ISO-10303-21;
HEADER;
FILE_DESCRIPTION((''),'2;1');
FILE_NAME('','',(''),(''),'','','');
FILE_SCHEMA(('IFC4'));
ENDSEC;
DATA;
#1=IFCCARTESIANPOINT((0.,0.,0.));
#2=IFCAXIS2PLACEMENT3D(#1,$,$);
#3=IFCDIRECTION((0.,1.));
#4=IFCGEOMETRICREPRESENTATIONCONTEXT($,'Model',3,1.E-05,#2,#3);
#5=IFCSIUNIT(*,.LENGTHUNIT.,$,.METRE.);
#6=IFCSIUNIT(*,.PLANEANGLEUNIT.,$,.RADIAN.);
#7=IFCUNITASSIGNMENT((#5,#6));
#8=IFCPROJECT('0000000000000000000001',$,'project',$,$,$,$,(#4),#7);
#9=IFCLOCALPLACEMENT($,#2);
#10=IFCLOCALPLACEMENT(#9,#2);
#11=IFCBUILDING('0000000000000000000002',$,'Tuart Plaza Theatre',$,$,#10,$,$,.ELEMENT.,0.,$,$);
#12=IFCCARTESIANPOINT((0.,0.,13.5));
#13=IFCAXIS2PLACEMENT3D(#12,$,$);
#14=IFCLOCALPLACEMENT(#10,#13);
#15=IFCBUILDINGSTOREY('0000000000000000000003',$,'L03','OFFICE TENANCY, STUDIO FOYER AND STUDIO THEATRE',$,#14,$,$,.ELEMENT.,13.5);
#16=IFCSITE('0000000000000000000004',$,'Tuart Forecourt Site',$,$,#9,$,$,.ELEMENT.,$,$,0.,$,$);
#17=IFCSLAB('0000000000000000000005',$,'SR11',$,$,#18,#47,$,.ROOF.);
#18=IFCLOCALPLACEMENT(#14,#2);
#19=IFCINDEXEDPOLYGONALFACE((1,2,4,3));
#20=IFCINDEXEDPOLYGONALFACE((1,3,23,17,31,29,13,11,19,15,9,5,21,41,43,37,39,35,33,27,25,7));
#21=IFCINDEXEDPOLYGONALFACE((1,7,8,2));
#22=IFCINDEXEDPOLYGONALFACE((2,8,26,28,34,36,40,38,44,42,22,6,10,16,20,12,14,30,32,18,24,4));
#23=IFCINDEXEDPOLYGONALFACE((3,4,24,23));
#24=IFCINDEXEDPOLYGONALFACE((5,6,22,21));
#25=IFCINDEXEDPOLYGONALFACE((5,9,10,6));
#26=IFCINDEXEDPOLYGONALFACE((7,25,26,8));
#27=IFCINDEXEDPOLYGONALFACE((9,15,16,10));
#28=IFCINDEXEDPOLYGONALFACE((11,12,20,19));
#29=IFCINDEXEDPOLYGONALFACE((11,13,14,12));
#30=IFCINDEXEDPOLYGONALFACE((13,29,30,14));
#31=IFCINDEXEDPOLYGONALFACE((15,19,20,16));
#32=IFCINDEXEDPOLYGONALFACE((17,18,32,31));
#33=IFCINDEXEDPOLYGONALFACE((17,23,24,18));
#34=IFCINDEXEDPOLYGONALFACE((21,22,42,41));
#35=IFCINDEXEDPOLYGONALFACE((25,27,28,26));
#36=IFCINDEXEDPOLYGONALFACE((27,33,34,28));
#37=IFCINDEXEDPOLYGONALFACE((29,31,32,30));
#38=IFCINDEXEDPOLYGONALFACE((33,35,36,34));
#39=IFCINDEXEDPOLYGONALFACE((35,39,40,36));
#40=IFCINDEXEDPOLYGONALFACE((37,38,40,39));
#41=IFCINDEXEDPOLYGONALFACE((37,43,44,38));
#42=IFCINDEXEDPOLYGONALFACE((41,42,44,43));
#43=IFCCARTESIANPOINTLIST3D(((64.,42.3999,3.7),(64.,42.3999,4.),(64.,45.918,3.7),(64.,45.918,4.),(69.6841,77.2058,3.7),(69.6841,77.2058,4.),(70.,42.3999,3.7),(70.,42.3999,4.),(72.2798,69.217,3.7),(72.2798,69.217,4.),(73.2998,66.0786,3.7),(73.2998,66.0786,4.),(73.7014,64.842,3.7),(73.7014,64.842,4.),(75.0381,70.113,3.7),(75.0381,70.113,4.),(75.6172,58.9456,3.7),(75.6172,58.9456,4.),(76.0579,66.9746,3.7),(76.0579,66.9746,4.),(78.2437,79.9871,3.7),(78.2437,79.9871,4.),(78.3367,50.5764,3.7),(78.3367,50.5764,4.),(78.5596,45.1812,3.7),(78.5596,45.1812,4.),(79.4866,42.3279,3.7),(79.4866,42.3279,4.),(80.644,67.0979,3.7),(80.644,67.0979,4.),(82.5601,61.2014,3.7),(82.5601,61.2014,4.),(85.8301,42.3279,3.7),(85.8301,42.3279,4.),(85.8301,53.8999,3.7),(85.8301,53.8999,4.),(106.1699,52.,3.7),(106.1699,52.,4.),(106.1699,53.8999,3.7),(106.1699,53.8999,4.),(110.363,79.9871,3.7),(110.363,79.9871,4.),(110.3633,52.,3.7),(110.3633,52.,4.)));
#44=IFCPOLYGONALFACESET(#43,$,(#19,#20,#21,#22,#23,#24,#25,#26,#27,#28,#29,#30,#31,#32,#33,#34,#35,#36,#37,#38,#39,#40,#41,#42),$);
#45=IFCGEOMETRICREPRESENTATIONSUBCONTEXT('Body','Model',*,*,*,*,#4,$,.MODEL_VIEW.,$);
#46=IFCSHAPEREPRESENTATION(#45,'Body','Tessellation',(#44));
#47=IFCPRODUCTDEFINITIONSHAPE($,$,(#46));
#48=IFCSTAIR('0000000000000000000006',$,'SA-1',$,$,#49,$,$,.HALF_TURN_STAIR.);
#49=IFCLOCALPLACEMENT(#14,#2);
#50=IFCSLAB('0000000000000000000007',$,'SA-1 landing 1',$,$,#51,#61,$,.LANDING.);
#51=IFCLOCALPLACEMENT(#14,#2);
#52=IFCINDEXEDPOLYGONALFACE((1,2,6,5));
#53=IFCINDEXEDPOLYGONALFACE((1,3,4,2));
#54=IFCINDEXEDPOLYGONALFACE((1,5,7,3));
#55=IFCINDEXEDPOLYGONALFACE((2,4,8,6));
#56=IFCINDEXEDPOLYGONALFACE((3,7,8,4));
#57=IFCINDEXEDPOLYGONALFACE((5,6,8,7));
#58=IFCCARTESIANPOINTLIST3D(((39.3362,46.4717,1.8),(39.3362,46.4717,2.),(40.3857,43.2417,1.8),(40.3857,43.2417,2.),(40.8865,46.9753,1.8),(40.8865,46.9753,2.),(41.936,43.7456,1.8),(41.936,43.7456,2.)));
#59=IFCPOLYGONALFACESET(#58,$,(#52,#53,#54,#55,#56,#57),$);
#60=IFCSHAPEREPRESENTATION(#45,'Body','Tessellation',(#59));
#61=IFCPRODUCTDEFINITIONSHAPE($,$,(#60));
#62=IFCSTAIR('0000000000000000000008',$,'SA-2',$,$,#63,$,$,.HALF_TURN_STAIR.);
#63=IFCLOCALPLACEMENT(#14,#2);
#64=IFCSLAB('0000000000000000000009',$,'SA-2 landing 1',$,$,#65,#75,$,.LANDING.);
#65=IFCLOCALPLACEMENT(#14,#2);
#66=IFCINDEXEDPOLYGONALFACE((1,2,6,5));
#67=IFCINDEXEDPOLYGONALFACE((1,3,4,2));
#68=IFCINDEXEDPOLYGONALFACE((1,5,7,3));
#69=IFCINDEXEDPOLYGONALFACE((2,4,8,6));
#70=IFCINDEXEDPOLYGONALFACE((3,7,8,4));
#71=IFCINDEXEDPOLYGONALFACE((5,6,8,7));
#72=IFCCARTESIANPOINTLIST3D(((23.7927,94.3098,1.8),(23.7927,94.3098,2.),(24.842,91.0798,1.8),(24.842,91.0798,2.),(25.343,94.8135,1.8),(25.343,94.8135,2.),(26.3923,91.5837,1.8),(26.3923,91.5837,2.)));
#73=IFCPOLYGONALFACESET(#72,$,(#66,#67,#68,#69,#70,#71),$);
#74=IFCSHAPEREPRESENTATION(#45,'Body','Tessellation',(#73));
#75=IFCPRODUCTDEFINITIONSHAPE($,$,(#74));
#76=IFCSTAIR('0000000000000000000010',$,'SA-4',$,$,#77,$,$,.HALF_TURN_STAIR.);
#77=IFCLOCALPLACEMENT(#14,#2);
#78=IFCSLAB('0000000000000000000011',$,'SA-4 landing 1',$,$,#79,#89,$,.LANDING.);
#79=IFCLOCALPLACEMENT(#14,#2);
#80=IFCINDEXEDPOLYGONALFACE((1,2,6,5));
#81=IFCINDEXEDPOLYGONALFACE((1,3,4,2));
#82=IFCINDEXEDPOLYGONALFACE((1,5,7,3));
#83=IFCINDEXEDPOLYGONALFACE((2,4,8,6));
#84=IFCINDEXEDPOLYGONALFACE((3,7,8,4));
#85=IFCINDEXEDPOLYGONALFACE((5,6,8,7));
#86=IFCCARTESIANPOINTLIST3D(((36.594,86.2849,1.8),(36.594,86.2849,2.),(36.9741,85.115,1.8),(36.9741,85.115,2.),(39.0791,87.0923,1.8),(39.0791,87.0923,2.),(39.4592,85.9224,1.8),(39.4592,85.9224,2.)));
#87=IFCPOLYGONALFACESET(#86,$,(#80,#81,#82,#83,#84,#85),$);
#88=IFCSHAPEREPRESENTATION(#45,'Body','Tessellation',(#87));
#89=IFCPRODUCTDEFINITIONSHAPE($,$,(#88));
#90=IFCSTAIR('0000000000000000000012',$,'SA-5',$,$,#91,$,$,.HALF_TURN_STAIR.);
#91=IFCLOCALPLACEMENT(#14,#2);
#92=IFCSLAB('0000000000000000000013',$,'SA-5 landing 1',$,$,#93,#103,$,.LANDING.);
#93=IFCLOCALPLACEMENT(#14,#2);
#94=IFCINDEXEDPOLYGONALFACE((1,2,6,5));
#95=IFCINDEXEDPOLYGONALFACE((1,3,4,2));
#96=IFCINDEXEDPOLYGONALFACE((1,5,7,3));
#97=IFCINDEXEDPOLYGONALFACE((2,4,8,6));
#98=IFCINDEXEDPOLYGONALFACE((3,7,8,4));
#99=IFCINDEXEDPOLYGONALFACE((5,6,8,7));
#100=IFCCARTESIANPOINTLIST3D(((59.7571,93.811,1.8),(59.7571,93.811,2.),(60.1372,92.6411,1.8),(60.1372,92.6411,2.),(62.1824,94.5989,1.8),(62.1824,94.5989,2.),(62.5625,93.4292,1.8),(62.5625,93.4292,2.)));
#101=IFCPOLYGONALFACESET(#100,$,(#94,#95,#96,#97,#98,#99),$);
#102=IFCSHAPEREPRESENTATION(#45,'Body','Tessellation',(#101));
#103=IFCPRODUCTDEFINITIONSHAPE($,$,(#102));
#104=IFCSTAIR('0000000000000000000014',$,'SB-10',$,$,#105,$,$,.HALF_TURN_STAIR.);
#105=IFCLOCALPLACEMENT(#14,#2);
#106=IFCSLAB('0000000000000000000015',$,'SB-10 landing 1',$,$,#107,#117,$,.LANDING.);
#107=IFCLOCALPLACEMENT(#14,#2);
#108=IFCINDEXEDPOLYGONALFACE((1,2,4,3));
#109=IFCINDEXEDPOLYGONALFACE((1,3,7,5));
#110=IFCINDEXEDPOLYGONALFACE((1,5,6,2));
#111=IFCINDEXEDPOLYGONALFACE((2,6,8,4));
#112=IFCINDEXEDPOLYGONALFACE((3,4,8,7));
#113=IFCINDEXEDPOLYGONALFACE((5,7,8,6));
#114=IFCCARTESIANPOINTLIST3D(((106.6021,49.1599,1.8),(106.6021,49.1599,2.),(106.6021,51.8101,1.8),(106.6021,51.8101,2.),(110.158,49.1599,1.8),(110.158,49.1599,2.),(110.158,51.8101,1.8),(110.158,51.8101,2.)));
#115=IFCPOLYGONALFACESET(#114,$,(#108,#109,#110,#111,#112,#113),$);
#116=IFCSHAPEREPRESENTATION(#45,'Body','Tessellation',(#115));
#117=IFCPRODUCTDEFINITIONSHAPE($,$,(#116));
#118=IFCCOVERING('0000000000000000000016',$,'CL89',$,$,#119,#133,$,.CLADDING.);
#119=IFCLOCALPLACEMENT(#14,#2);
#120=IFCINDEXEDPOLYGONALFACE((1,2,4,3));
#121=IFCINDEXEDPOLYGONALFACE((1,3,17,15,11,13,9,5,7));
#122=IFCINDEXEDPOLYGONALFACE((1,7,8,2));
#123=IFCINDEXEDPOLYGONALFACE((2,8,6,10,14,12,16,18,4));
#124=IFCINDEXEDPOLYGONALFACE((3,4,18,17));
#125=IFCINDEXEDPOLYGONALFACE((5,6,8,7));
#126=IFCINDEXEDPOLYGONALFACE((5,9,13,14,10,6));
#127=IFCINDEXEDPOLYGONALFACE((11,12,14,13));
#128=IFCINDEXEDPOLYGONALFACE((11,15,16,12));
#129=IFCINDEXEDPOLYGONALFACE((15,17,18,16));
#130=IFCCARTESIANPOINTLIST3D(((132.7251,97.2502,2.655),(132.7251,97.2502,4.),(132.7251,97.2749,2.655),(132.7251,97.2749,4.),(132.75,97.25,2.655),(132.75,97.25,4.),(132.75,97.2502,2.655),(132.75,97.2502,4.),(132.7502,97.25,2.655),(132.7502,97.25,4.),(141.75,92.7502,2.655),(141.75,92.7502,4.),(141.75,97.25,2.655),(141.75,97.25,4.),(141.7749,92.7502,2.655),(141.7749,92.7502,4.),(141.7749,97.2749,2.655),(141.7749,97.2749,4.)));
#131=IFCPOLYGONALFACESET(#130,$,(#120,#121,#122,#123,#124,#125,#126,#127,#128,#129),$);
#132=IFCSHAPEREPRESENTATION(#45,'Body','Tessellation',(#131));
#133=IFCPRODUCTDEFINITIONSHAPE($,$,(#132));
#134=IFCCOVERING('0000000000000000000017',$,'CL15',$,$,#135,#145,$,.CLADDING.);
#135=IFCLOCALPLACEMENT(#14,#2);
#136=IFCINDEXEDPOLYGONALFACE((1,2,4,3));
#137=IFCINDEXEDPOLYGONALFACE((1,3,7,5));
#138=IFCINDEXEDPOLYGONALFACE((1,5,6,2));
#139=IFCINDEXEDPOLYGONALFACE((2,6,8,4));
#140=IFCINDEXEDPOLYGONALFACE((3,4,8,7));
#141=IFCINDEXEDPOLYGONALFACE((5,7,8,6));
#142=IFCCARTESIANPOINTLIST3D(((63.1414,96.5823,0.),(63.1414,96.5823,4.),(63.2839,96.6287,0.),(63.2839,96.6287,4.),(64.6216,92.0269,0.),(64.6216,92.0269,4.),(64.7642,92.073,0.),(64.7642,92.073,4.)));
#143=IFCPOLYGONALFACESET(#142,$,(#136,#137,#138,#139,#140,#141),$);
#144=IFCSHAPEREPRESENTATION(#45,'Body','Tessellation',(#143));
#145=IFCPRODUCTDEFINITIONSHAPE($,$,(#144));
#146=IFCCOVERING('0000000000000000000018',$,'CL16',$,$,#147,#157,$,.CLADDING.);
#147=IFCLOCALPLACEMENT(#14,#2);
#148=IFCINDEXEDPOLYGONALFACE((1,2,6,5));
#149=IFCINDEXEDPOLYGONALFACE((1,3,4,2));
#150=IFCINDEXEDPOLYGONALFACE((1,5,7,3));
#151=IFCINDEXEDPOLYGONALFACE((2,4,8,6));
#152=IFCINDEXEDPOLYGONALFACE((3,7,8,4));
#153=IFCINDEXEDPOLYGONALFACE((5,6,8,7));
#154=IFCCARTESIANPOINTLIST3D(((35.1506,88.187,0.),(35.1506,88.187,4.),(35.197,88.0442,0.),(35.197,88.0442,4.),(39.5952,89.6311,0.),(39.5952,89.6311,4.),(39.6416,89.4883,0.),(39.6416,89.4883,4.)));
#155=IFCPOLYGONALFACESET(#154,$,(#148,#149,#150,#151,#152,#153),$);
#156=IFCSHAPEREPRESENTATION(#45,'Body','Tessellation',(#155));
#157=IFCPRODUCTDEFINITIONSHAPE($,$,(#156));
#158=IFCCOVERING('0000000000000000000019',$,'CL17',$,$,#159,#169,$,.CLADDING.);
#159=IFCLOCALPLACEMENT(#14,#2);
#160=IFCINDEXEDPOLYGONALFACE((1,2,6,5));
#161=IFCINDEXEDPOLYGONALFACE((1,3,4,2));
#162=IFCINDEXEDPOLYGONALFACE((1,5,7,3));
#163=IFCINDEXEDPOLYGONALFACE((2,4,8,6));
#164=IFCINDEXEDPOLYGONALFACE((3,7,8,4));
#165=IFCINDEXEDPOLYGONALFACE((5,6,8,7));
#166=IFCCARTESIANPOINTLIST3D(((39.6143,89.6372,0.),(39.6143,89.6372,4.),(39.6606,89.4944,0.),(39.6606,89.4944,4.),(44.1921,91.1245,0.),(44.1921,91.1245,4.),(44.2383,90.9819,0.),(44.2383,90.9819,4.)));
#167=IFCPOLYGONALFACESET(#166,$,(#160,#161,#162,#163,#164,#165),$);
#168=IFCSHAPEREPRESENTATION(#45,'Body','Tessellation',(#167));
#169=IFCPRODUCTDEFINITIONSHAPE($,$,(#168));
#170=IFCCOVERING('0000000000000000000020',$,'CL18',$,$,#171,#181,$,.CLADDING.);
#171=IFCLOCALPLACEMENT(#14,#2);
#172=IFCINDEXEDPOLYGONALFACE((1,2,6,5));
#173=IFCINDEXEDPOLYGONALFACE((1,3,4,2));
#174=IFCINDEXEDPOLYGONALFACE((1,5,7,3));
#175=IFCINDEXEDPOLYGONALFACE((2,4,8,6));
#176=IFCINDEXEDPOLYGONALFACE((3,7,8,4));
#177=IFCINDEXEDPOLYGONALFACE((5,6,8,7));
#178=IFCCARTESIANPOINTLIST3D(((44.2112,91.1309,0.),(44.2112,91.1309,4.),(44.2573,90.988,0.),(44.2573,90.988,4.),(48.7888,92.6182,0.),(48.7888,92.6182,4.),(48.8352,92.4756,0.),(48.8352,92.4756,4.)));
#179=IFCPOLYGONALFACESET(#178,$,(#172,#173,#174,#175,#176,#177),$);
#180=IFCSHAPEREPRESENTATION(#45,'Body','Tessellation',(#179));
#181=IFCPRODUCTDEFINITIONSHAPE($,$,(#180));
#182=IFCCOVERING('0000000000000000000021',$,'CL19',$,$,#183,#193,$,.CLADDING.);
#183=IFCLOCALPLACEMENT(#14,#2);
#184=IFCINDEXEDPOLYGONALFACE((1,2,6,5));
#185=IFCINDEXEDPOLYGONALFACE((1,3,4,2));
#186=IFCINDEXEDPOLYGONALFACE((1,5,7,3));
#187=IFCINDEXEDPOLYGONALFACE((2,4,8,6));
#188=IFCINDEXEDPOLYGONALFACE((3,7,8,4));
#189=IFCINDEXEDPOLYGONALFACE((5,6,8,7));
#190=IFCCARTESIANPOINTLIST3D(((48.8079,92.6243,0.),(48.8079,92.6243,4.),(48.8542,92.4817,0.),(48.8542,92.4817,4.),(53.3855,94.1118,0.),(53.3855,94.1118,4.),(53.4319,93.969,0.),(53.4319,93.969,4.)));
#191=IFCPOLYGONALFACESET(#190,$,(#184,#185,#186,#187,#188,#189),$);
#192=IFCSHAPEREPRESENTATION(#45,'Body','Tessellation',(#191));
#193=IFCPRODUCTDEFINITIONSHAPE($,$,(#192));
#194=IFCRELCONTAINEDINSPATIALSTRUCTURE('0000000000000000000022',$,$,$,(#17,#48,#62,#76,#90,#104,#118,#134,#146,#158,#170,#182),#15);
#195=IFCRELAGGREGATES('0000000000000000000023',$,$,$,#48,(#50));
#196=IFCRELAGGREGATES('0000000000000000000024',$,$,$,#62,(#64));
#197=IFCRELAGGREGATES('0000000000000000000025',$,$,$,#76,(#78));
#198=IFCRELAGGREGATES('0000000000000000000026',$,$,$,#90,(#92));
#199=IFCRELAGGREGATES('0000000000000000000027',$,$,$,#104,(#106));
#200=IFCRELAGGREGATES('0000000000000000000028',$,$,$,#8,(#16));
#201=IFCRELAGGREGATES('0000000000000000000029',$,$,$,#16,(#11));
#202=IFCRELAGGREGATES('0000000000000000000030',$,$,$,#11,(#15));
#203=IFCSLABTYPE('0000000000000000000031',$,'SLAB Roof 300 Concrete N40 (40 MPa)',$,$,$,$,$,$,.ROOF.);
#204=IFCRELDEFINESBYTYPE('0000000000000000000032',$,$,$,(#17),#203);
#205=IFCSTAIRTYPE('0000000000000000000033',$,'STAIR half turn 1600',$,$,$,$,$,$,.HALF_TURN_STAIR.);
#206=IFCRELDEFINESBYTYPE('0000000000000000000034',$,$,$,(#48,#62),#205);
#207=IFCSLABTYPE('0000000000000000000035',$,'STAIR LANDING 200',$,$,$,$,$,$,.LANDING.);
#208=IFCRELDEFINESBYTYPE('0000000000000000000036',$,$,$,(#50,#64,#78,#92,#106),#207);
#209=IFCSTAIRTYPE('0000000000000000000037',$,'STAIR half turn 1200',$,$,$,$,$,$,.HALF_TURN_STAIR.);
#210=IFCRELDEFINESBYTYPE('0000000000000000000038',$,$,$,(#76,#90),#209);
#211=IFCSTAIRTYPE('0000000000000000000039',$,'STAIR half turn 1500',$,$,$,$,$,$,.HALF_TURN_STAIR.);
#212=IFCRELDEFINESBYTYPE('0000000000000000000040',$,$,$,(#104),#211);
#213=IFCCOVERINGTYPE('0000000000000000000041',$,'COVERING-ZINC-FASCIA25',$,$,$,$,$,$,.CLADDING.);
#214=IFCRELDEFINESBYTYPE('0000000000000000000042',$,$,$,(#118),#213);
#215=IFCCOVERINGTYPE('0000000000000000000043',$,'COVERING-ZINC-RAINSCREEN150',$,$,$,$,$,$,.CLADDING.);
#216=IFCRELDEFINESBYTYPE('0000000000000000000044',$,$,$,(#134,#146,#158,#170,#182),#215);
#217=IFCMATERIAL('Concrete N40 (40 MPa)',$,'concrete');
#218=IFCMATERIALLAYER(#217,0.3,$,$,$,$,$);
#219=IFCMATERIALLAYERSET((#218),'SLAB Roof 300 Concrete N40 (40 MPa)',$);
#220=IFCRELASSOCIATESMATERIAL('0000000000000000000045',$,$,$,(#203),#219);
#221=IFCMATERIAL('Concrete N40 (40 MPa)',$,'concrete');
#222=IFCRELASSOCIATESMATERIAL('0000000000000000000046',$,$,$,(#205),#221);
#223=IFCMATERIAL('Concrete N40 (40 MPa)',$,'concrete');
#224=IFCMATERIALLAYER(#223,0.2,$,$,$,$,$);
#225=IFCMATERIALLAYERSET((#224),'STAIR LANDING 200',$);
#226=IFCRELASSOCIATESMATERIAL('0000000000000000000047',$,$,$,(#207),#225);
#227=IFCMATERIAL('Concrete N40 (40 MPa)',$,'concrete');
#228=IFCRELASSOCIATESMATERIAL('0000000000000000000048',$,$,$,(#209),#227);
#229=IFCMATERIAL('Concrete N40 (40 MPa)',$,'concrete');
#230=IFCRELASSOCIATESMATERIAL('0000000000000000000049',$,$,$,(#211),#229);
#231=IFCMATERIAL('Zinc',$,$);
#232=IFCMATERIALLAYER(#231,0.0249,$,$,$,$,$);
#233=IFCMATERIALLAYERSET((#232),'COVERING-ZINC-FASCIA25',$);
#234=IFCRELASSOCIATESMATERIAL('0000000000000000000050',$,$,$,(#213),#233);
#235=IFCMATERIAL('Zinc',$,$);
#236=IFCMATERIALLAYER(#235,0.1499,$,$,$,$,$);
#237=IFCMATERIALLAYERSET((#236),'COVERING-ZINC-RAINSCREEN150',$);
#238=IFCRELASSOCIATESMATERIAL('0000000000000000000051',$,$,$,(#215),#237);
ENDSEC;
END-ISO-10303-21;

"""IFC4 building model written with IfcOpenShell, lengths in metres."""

from ifc_helpers import new_model, si_unit, direction, frame, origin, place, context, subcontext, project, spatial, polyline, outline, extrude, material, layer, layer_set, type_object, element, aggregate, save


model = new_model("IFC4")

# Units and contexts
model_context = context("Model", 3, precision=1e-05, world=origin(), true_north=direction((0.0, 1.0)))
body_context = subcontext(model_context, "Body", "Model", "MODEL_VIEW")
ifc_project = project(units=[si_unit("LENGTHUNIT", "METRE"), si_unit("PLANEANGLEUNIT", "RADIAN")], contexts=[model_context])

# Site, building, storey
site_placement = place(None, origin())
site = spatial("IfcSite", under=ifc_project, at=site_placement, Name="Tuart Forecourt Site", CompositionType="ELEMENT", RefElevation=0.0)
building_placement = place(site_placement, origin())
building = spatial("IfcBuilding", under=site, at=building_placement, Name="Tuart Plaza Theatre", CompositionType="ELEMENT", ElevationOfRefHeight=0.0)
storey_placement = place(building_placement, frame((0.0, 0.0, 13.5)))
storey = spatial("IfcBuildingStorey", under=building, at=storey_placement, Name="L03", Description="OFFICE TENANCY, STUDIO FOYER AND STUDIO THEATRE", CompositionType="ELEMENT", Elevation=13.5)

# Slab
ifc_material_1 = material(Name="Concrete N40 (40 MPa)", Category="concrete")
ifc_layer_1 = layer(ifc_material_1, 0.3)
ifc_layer_set_1 = layer_set([ifc_layer_1], Name="SLAB Roof 300 Concrete N40 (40 MPa)")
slab_type_1 = type_object("IfcSlabType", Name="SLAB Roof 300 Concrete N40 (40 MPa)", PredefinedType="ROOF", material=ifc_layer_set_1)
slab_1_placement = place(storey_placement, frame((0.0, 0.0, 3.7)))
element("IfcSlab", 1, at=slab_1_placement, inside=storey, type_object=slab_type_1, Name="SR11", PredefinedType="ROOF", context=body_context, shape_type="SweptSolid", body=[
    extrude(outline(polyline([(106.1699, 52.0), (110.3633, 52.0), (110.363, 79.9871), (78.2437, 79.9871), (69.6841, 77.2058), (72.2798, 69.217), (75.0381, 70.113), (76.0579, 66.9746), (73.2998, 66.0786), (73.7014, 64.842), (80.644, 67.0979), (82.5601, 61.2014), (75.6172, 58.9456), (78.3367, 50.5764), (64.0, 45.918), (64.0, 42.3999), (70.0, 42.3999), (78.5596, 45.1812), (79.4866, 42.3279), (85.8301, 42.3279), (85.8301, 53.8999), (106.1699, 53.8999), (106.1699, 52.0)])), origin(), (0.0, 0.0, 1.0), 0.3),
])

# Stairs, slabs
ifc_material_2 = material(Name="Concrete N40 (40 MPa)", Category="concrete")
stair_type_1 = type_object("IfcStairType", Name="STAIR half turn 1600", PredefinedType="HALF_TURN_STAIR", material=ifc_material_2)
stair_1_placement = place(storey_placement, origin())
stair_1 = element("IfcStair", 2, at=stair_1_placement, inside=storey, type_object=stair_type_1, Name="SA-1", PredefinedType="HALF_TURN_STAIR")
ifc_material_3 = material(Name="Concrete N40 (40 MPa)", Category="concrete")
ifc_layer_2 = layer(ifc_material_3, 0.2)
ifc_layer_set_2 = layer_set([ifc_layer_2], Name="STAIR LANDING 200")
slab_type_2 = type_object("IfcSlabType", Name="STAIR LANDING 200", PredefinedType="LANDING", material=ifc_layer_set_2)
slab_2_placement = place(storey_placement, frame((0.0, 0.0, 1.8)))
slab_2 = element("IfcSlab", 3, at=slab_2_placement, type_object=slab_type_2, Name="SA-1 landing 1", PredefinedType="LANDING", context=body_context, shape_type="SweptSolid", body=[
    extrude(outline(polyline([(40.3857, 43.2417), (41.936, 43.7456), (40.8865, 46.9753), (39.3362, 46.4717), (40.3857, 43.2417)])), origin(), (0.0, 0.0, 1.0), 0.2),
])
aggregate(stair_1, [slab_2])
stair_2_placement = place(storey_placement, origin())
stair_2 = element("IfcStair", 4, at=stair_2_placement, inside=storey, type_object=stair_type_1, Name="SA-2", PredefinedType="HALF_TURN_STAIR")
slab_3_placement = place(storey_placement, frame((0.0, 0.0, 1.8)))
slab_3 = element("IfcSlab", 5, at=slab_3_placement, type_object=slab_type_2, Name="SA-2 landing 1", PredefinedType="LANDING", context=body_context, shape_type="SweptSolid", body=[
    extrude(outline(polyline([(23.7927, 94.3098), (25.343, 94.8135), (26.3923, 91.5837), (24.842, 91.0798), (23.7927, 94.3098)])), origin(), (0.0, 0.0, 1.0), 0.2),
])
aggregate(stair_2, [slab_3])
ifc_material_4 = material(Name="Concrete N40 (40 MPa)", Category="concrete")
stair_type_2 = type_object("IfcStairType", Name="STAIR half turn 1200", PredefinedType="HALF_TURN_STAIR", material=ifc_material_4)
stair_3_placement = place(storey_placement, origin())
stair_3 = element("IfcStair", 6, at=stair_3_placement, inside=storey, type_object=stair_type_2, Name="SA-4", PredefinedType="HALF_TURN_STAIR")
slab_4_placement = place(storey_placement, frame((0.0, 0.0, 1.8)))
slab_4 = element("IfcSlab", 7, at=slab_4_placement, type_object=slab_type_2, Name="SA-4 landing 1", PredefinedType="LANDING", context=body_context, shape_type="SweptSolid", body=[
    extrude(outline(polyline([(39.4592, 85.9224), (39.0791, 87.0923), (36.594, 86.2849), (36.9741, 85.115), (39.4592, 85.9224)])), origin(), (0.0, 0.0, 1.0), 0.2),
])
aggregate(stair_3, [slab_4])
stair_4_placement = place(storey_placement, origin())
stair_4 = element("IfcStair", 8, at=stair_4_placement, inside=storey, type_object=stair_type_2, Name="SA-5", PredefinedType="HALF_TURN_STAIR")
slab_5_placement = place(storey_placement, frame((0.0, 0.0, 1.8)))
slab_5 = element("IfcSlab", 9, at=slab_5_placement, type_object=slab_type_2, Name="SA-5 landing 1", PredefinedType="LANDING", context=body_context, shape_type="SweptSolid", body=[
    extrude(outline(polyline([(60.1372, 92.6411), (59.7571, 93.811), (62.1824, 94.5989), (62.5625, 93.4292), (60.1372, 92.6411)])), origin(), (0.0, 0.0, 1.0), 0.2),
])
aggregate(stair_4, [slab_5])
ifc_material_5 = material(Name="Concrete N40 (40 MPa)", Category="concrete")
stair_type_3 = type_object("IfcStairType", Name="STAIR half turn 1500", PredefinedType="HALF_TURN_STAIR", material=ifc_material_5)
stair_5_placement = place(storey_placement, origin())
stair_5 = element("IfcStair", 10, at=stair_5_placement, inside=storey, type_object=stair_type_3, Name="SB-10", PredefinedType="HALF_TURN_STAIR")
slab_6_placement = place(storey_placement, frame((0.0, 0.0, 1.8)))
slab_6 = element("IfcSlab", 11, at=slab_6_placement, type_object=slab_type_2, Name="SB-10 landing 1", PredefinedType="LANDING", context=body_context, shape_type="SweptSolid", body=[
    extrude(outline(polyline([(110.158, 49.1599), (110.158, 51.8101), (106.6021, 51.8101), (106.6021, 49.1599), (110.158, 49.1599)])), origin(), (0.0, 0.0, 1.0), 0.2),
])
aggregate(stair_5, [slab_6])

# Coverings
ifc_material_6 = material(Name="Zinc")
ifc_layer_3 = layer(ifc_material_6, 0.0249)
ifc_layer_set_3 = layer_set([ifc_layer_3], Name="COVERING-ZINC-FASCIA25")
covering_type_1 = type_object("IfcCoveringType", Name="COVERING-ZINC-FASCIA25", PredefinedType="CLADDING", material=ifc_layer_set_3)
covering_1_placement = place(storey_placement, frame((0.0, 0.0, 2.655)))
element("IfcCovering", 12, at=covering_1_placement, inside=storey, type_object=covering_type_1, Name="CL89", PredefinedType="CLADDING", context=body_context, shape_type="SweptSolid", body=[
    extrude(outline(polyline([(132.7251, 97.2749), (141.7749, 97.2749), (141.7749, 92.7502), (141.75, 92.7502), (141.75, 97.25), (132.7502, 97.25), (132.7502, 97.25), (132.7502, 97.25), (132.7502, 97.25), (132.75, 97.25), (132.75, 97.2502), (132.75, 97.2502), (132.75, 97.2502), (132.75, 97.2502), (132.7251, 97.2502), (132.7251, 97.2749)])), origin(), (0.0, 0.0, 1.0), 1.345),
])
ifc_material_7 = material(Name="Zinc")
ifc_layer_4 = layer(ifc_material_7, 0.1499)
ifc_layer_set_4 = layer_set([ifc_layer_4], Name="COVERING-ZINC-RAINSCREEN150")
covering_type_2 = type_object("IfcCoveringType", Name="COVERING-ZINC-RAINSCREEN150", PredefinedType="CLADDING", material=ifc_layer_set_4)
covering_2_placement = place(storey_placement, origin())
element("IfcCovering", 13, at=covering_2_placement, inside=storey, type_object=covering_type_2, Name="CL15", PredefinedType="CLADDING", context=body_context, shape_type="SweptSolid", body=[
    extrude(outline(polyline([(64.6216, 92.0269), (63.1414, 96.5823), (63.2839, 96.6287), (64.7642, 92.073), (64.6216, 92.0269)])), origin(), (0.0, 0.0, 1.0), 4.0),
])
covering_3_placement = place(storey_placement, origin())
element("IfcCovering", 14, at=covering_3_placement, inside=storey, type_object=covering_type_2, Name="CL16", PredefinedType="CLADDING", context=body_context, shape_type="SweptSolid", body=[
    extrude(outline(polyline([(35.1506, 88.187), (39.5952, 89.6311), (39.6416, 89.4883), (35.197, 88.0442), (35.1506, 88.187)])), origin(), (0.0, 0.0, 1.0), 4.0),
])
covering_4_placement = place(storey_placement, origin())
element("IfcCovering", 15, at=covering_4_placement, inside=storey, type_object=covering_type_2, Name="CL17", PredefinedType="CLADDING", context=body_context, shape_type="SweptSolid", body=[
    extrude(outline(polyline([(39.6143, 89.6372), (44.1921, 91.1245), (44.2383, 90.9819), (39.6606, 89.4944), (39.6143, 89.6372)])), origin(), (0.0, 0.0, 1.0), 4.0),
])
covering_5_placement = place(storey_placement, origin())
element("IfcCovering", 16, at=covering_5_placement, inside=storey, type_object=covering_type_2, Name="CL18", PredefinedType="CLADDING", context=body_context, shape_type="SweptSolid", body=[
    extrude(outline(polyline([(44.2112, 91.1309), (48.7888, 92.6182), (48.8352, 92.4756), (44.2573, 90.988), (44.2112, 91.1309)])), origin(), (0.0, 0.0, 1.0), 4.0),
])
covering_6_placement = place(storey_placement, origin())
element("IfcCovering", 17, at=covering_6_placement, inside=storey, type_object=covering_type_2, Name="CL19", PredefinedType="CLADDING", context=body_context, shape_type="SweptSolid", body=[
    extrude(outline(polyline([(48.8079, 92.6243), (53.3855, 94.1118), (53.4319, 93.969), (48.8542, 92.4817), (48.8079, 92.6243)])), origin(), (0.0, 0.0, 1.0), 4.0),
])

save(model, "model.ifc")
